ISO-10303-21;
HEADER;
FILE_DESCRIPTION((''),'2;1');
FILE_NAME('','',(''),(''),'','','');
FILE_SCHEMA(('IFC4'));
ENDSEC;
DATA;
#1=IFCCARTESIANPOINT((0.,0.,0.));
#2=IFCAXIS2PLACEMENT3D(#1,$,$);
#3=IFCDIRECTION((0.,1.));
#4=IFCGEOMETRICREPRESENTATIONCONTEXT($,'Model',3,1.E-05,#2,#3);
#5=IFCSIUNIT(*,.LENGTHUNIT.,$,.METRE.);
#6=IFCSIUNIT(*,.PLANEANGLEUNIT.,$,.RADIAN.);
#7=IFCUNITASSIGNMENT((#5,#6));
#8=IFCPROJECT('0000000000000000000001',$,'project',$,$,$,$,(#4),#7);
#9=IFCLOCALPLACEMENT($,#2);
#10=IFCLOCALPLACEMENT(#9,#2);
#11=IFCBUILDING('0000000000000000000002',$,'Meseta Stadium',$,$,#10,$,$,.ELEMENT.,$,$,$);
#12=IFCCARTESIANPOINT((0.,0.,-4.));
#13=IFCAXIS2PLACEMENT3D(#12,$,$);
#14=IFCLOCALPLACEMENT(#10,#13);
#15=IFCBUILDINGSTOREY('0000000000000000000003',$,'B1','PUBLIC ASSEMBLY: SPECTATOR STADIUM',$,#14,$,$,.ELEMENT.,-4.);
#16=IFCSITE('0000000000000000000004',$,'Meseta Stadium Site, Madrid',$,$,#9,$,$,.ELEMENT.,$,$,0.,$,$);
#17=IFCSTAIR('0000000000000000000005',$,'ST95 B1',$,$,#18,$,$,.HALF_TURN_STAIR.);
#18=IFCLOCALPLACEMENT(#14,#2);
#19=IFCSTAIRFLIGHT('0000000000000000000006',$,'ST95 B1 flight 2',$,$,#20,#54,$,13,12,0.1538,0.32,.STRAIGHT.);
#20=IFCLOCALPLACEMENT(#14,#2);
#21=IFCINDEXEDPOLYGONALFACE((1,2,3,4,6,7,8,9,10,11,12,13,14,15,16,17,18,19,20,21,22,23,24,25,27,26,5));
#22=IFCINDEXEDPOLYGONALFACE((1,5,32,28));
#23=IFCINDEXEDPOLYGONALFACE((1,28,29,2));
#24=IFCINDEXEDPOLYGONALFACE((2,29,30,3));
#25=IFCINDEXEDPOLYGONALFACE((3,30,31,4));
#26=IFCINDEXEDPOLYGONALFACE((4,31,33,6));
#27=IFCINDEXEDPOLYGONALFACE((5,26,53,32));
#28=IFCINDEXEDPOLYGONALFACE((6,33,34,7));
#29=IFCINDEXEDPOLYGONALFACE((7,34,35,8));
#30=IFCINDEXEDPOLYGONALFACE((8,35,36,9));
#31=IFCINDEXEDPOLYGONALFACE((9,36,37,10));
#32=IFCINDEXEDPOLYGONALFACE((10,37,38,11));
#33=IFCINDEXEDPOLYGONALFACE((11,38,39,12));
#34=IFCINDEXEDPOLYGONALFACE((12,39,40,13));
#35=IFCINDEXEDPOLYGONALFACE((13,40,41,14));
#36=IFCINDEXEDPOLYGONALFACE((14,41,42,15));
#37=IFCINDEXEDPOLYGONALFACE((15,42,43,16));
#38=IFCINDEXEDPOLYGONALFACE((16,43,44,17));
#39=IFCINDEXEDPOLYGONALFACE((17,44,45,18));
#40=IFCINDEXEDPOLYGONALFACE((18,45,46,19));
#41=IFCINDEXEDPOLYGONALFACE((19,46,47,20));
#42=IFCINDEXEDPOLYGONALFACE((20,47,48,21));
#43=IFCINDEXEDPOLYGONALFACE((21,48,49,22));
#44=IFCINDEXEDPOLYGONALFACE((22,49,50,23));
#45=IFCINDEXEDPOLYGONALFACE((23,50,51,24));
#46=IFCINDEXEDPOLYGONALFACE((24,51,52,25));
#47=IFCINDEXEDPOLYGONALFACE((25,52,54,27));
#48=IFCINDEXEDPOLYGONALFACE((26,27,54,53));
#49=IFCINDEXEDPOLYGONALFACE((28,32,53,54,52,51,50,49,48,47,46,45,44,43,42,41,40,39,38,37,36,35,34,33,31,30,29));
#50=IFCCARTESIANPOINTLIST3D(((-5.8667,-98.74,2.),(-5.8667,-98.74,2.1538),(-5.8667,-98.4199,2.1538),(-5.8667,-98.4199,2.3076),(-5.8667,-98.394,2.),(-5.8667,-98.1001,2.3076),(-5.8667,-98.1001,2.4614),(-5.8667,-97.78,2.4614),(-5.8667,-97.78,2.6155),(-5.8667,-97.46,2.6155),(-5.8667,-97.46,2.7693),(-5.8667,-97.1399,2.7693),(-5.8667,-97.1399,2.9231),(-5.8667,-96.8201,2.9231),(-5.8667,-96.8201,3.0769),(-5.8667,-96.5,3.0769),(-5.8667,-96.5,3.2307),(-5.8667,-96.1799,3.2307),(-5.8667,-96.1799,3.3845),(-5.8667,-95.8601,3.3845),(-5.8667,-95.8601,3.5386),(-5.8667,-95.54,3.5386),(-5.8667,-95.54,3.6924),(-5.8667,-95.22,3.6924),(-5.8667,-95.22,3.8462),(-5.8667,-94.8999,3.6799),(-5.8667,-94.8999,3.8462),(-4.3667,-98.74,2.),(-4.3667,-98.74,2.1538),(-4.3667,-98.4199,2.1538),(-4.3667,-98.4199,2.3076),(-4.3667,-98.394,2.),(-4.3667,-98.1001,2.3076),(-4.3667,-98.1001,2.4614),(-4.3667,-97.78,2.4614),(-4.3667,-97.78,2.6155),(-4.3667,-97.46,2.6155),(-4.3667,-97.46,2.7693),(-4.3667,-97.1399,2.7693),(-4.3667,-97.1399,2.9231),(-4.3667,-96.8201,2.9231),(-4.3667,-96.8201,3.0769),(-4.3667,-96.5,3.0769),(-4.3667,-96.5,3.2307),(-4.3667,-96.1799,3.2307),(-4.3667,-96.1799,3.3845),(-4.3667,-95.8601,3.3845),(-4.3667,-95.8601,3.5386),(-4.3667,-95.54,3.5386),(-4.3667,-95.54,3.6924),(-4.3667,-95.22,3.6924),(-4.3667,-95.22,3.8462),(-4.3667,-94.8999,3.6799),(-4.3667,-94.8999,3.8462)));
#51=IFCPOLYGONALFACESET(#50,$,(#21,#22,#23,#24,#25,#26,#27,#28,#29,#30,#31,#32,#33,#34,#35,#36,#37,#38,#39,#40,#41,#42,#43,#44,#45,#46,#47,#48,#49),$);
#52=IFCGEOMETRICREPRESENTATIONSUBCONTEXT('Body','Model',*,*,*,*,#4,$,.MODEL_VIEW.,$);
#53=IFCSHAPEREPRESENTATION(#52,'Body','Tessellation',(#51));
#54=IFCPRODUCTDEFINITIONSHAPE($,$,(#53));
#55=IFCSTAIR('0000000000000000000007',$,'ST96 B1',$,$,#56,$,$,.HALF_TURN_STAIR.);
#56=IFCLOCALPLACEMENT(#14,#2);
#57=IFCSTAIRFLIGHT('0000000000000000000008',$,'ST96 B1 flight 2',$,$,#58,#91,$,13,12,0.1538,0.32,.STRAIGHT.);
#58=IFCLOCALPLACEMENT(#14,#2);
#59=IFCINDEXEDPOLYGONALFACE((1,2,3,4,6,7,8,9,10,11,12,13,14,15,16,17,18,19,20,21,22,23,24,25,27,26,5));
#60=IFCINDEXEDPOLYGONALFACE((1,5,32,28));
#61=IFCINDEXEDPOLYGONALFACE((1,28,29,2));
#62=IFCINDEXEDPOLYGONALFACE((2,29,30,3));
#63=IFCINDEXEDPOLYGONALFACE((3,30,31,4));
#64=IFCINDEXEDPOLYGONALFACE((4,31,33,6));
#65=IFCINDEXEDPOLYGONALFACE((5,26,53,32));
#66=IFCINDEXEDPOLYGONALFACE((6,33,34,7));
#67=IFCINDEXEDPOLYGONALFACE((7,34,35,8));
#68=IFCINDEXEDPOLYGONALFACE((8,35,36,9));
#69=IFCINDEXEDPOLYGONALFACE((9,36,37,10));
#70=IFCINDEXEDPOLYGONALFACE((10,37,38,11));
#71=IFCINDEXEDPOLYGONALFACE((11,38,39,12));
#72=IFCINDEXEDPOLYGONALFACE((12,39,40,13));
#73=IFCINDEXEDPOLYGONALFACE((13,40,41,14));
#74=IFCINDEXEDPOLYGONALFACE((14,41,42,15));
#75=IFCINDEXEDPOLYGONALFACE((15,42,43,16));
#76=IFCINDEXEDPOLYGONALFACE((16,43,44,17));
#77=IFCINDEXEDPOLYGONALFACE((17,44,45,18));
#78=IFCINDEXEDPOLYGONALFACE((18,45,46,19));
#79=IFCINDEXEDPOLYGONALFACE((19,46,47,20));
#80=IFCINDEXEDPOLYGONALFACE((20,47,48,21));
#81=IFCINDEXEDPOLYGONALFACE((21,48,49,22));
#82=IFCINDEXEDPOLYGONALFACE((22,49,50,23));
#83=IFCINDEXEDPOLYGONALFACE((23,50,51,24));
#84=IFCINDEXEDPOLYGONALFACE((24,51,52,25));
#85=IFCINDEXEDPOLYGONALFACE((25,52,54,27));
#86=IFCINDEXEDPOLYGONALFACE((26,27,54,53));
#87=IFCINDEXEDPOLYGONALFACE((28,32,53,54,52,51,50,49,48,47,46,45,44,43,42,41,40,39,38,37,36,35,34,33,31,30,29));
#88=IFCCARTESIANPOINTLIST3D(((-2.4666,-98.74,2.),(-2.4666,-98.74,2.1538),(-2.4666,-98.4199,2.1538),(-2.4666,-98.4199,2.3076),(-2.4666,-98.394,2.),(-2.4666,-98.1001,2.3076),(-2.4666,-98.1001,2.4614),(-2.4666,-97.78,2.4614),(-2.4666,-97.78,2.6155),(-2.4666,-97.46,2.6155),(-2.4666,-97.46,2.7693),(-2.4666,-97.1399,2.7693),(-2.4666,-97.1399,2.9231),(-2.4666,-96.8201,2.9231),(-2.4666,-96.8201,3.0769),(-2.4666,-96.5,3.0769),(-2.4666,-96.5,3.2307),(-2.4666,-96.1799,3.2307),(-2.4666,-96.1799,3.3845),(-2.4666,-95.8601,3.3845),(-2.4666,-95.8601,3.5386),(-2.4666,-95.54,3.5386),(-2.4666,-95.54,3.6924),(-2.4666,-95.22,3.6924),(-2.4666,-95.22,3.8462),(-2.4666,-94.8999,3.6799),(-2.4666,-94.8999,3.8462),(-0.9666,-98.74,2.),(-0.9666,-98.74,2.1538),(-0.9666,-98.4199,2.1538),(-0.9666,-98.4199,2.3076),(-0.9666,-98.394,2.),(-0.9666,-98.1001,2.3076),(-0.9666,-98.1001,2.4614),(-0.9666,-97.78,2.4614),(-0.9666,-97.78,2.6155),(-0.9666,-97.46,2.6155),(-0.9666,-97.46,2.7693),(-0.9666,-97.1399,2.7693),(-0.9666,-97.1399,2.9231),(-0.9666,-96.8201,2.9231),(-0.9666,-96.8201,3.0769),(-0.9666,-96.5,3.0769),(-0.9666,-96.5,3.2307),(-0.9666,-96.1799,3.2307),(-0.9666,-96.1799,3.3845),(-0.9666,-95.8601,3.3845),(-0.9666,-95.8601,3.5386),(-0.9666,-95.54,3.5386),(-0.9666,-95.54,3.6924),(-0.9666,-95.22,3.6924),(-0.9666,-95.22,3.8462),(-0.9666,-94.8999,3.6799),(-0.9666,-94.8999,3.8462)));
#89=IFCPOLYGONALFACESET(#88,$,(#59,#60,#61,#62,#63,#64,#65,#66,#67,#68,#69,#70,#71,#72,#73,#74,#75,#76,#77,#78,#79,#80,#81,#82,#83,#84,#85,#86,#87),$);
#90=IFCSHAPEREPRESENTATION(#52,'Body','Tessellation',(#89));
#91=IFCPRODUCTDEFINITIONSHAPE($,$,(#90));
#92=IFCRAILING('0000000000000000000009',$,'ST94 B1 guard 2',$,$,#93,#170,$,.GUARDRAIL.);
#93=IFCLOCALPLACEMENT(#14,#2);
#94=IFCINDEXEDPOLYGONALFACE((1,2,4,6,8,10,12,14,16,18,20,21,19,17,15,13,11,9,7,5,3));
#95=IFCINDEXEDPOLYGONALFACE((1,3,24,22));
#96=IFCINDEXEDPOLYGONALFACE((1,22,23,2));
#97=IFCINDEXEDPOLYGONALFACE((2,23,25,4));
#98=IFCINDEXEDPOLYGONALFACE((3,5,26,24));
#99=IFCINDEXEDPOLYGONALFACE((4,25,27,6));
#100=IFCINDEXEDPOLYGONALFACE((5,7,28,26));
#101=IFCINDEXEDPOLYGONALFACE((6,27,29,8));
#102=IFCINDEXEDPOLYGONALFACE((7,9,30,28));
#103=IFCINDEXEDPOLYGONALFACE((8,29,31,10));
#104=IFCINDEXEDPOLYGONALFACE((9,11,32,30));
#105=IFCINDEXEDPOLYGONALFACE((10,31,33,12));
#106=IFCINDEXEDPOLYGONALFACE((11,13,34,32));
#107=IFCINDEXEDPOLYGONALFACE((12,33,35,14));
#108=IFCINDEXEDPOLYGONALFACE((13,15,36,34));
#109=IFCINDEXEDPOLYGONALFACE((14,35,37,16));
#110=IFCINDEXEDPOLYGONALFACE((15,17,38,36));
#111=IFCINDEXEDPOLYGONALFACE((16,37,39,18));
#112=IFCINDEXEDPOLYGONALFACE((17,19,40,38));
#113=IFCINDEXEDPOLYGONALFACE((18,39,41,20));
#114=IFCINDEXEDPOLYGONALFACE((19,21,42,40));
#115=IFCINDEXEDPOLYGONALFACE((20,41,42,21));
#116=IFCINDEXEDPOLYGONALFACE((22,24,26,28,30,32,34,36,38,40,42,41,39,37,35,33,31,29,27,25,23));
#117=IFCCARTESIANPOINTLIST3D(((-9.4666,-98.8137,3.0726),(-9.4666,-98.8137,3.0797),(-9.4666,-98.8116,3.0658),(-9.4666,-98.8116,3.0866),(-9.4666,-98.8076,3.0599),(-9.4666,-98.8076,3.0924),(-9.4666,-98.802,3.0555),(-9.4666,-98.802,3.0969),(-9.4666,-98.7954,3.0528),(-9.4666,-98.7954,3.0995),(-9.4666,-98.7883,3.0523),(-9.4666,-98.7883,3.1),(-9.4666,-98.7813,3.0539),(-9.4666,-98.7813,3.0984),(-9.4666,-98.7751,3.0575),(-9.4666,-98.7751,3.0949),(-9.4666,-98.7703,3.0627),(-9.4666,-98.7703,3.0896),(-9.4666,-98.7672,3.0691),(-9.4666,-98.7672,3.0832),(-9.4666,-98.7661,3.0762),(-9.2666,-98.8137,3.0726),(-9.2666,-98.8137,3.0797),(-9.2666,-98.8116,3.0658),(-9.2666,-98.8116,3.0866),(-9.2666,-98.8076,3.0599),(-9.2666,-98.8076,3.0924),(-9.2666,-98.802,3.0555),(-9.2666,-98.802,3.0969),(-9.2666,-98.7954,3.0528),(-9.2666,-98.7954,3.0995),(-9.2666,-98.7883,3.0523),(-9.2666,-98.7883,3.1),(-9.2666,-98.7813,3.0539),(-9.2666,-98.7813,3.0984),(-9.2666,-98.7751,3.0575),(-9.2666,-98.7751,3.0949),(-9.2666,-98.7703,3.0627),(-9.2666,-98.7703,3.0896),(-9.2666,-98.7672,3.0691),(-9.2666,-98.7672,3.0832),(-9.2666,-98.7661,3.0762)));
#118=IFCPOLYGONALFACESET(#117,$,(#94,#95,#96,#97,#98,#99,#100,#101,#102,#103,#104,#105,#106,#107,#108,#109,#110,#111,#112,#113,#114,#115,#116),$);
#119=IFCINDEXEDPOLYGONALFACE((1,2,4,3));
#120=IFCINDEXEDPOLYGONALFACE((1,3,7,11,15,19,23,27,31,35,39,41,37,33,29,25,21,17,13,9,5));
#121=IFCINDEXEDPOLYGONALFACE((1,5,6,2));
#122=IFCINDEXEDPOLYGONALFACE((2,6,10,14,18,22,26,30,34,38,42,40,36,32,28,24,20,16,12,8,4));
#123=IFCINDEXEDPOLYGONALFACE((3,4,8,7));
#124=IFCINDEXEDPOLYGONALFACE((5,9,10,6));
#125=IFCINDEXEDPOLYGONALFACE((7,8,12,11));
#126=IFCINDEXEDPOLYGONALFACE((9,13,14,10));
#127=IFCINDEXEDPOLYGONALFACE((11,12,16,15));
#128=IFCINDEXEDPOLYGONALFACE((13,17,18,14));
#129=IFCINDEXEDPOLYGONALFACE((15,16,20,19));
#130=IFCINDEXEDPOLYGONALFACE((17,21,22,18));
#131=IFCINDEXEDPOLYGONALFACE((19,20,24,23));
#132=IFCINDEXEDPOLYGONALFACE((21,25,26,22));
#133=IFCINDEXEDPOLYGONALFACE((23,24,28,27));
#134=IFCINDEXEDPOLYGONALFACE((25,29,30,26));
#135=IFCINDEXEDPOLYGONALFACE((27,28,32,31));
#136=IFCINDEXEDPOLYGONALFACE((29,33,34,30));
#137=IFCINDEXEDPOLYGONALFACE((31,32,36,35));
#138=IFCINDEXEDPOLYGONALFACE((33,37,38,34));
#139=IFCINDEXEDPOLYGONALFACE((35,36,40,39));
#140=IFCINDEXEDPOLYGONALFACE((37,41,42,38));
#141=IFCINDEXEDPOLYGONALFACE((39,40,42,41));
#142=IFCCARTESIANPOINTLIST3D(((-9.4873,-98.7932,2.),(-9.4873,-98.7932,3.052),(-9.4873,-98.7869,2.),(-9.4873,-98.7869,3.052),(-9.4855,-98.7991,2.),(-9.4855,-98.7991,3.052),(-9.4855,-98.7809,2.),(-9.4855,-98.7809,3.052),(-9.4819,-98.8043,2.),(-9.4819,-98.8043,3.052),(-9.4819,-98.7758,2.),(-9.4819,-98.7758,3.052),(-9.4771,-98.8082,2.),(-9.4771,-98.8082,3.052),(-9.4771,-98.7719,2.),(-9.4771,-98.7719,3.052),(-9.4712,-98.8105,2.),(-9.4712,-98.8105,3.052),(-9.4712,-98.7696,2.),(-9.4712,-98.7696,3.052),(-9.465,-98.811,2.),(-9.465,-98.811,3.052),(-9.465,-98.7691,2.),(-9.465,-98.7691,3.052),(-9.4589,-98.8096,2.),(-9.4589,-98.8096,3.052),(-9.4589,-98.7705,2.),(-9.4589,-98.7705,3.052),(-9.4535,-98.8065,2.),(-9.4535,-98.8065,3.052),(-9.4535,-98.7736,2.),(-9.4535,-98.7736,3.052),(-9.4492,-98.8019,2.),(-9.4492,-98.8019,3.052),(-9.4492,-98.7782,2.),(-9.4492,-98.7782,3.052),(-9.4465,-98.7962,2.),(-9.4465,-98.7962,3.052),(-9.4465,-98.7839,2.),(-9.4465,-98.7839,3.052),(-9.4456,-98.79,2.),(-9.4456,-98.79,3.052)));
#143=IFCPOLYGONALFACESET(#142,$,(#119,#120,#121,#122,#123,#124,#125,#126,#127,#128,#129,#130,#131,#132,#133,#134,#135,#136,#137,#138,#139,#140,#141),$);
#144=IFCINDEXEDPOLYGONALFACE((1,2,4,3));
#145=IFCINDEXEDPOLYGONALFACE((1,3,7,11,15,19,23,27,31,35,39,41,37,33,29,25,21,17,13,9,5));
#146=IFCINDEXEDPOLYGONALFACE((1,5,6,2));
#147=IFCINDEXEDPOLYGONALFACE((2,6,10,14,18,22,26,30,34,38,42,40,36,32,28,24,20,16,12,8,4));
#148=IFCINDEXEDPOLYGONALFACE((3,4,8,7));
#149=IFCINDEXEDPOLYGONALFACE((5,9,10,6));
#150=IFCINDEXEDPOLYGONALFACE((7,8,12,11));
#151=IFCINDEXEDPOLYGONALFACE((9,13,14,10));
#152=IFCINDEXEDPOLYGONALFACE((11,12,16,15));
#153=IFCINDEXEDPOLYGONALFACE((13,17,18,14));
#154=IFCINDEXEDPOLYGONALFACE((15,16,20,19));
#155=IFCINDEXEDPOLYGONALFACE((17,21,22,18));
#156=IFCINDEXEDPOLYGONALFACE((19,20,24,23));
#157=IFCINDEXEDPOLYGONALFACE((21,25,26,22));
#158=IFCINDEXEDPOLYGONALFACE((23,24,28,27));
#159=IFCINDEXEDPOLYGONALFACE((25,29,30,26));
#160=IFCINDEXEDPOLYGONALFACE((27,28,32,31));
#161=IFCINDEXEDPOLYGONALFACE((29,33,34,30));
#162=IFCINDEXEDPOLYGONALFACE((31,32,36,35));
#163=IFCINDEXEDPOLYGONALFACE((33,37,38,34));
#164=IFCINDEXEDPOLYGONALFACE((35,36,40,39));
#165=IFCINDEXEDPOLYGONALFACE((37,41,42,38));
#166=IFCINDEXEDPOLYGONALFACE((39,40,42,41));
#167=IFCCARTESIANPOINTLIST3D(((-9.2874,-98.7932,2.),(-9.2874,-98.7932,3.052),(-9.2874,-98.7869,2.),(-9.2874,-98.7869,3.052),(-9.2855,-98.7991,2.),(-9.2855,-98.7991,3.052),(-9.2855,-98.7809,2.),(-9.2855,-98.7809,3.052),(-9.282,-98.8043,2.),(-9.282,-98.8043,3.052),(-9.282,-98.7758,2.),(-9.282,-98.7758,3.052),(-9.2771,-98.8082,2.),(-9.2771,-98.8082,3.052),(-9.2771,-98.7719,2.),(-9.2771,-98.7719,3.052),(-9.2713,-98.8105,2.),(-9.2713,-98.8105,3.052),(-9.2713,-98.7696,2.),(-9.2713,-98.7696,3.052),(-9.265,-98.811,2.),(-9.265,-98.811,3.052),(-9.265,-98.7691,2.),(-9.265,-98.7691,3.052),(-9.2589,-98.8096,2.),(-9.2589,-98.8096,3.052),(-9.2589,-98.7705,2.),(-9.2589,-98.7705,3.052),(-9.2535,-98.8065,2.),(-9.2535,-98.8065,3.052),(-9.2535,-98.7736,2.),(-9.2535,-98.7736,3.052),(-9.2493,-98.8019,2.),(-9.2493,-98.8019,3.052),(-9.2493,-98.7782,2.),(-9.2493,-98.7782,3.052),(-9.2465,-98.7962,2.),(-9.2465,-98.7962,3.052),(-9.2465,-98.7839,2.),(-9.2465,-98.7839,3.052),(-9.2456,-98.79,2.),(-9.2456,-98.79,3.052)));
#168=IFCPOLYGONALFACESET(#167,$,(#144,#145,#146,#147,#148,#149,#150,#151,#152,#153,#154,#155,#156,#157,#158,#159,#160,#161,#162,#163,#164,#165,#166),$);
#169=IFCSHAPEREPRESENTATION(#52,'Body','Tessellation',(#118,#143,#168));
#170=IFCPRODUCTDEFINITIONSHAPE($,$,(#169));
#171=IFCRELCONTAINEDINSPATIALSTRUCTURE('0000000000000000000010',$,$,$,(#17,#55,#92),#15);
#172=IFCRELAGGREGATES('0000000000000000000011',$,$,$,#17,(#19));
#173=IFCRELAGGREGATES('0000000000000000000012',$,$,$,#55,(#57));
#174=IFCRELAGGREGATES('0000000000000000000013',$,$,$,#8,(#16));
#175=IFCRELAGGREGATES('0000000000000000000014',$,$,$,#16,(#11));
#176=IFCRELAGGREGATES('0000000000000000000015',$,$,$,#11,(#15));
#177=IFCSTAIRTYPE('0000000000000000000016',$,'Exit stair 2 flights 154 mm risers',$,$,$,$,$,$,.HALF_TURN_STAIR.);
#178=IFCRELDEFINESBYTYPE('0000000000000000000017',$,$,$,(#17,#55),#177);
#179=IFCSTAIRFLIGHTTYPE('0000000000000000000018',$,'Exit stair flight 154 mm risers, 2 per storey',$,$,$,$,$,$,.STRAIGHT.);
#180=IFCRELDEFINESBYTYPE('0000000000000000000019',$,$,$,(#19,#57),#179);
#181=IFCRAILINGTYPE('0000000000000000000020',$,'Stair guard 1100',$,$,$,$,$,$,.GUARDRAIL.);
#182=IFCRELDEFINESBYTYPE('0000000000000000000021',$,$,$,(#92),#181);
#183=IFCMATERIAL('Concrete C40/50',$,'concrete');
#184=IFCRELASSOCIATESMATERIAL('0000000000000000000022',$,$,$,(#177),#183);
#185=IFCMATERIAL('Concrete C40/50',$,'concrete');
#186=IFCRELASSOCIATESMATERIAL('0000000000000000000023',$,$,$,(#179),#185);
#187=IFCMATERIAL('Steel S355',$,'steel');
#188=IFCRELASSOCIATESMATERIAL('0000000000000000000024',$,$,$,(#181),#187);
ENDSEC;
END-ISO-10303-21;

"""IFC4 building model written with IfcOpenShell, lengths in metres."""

from ifc_helpers import new_model, si_unit, direction, frame, origin, origin_2d, place, context, subcontext, project, spatial, polyline, circle, outline, extrude, material, type_object, element, aggregate, save


model = new_model("IFC4")

# Units and contexts
model_context = context("Model", 3, precision=1e-05, world=origin(), true_north=direction((0.0, 1.0)))
body_context = subcontext(model_context, "Body", "Model", "MODEL_VIEW")
ifc_project = project(units=[si_unit("LENGTHUNIT", "METRE"), si_unit("PLANEANGLEUNIT", "RADIAN")], contexts=[model_context])

# Site, building, storey
site_placement = place(None, origin())
site = spatial("IfcSite", under=ifc_project, at=site_placement, Name="Meseta Stadium Site, Madrid", CompositionType="ELEMENT", RefElevation=0.0)
building_placement = place(site_placement, origin())
building = spatial("IfcBuilding", under=site, at=building_placement, Name="Meseta Stadium", CompositionType="ELEMENT")
storey_placement = place(building_placement, frame((0.0, 0.0, -4.0)))
storey = spatial("IfcBuildingStorey", under=building, at=storey_placement, Name="B1", Description="PUBLIC ASSEMBLY: SPECTATOR STADIUM", CompositionType="ELEMENT", Elevation=-4.0)

# Stairs, stair flights
ifc_material_1 = material(Name="Concrete C40/50", Category="concrete")
stair_type = type_object("IfcStairType", Name="Exit stair 2 flights 154 mm risers", PredefinedType="HALF_TURN_STAIR", material=ifc_material_1)
ifc_material_2 = material(Name="Concrete C40/50", Category="concrete")
stair_flight_type = type_object("IfcStairFlightType", Name="Exit stair flight 154 mm risers, 2 per storey", PredefinedType="STRAIGHT", material=ifc_material_2)
stair_1_placement = place(storey_placement, origin())
stair_1 = element("IfcStair", 1, at=stair_1_placement, inside=storey, type_object=stair_type, Name="ST95 B1", PredefinedType="HALF_TURN_STAIR")
stair_flight_1_placement = place(storey_placement, frame((-5.1167, -98.74, 2.0), z_axis=(0.0, 0.0, 1.0), x_axis=(0.0, 1.0, 0.0)))
stair_flight_1 = element("IfcStairFlight", 2, at=stair_flight_1_placement, type_object=stair_flight_type, Name="ST95 B1 flight 2", NumberOfRisers=13, NumberOfTreads=12, PredefinedType="STRAIGHT", RiserHeight=0.1538, TreadLength=0.32, context=body_context, shape_type="SweptSolid", body=[
    extrude(outline(polyline([(0.0, 0.0), (0.0, 0.1538), (0.3201, 0.1538), (0.3201, 0.3076), (0.6399, 0.3076), (0.6399, 0.4614), (0.96, 0.4614), (0.96, 0.6155), (1.28, 0.6155), (1.28, 0.7693), (1.6001, 0.7693), (1.6001, 0.9231), (1.9199, 0.9231), (1.9199, 1.0769), (2.24, 1.0769), (2.24, 1.2307), (2.5601, 1.2307), (2.5601, 1.3845), (2.8799, 1.3845), (2.8799, 1.5386), (3.2, 1.5386), (3.2, 1.6924), (3.52, 1.6924), (3.52, 1.8462), (3.8401, 1.8462), (3.8401, 1.6799), (0.3459, 0.0), (0.0, 0.0)])), frame((0.0, 0.75, 0.0), z_axis=(0.0, -1.0, 0.0), x_axis=(1.0, 0.0, 0.0)), (0.0, 0.0, 1.0), 1.5),
])
aggregate(stair_1, [stair_flight_1])
stair_2_placement = place(storey_placement, origin())
stair_2 = element("IfcStair", 3, at=stair_2_placement, inside=storey, type_object=stair_type, Name="ST96 B1", PredefinedType="HALF_TURN_STAIR")
stair_flight_2_placement = place(storey_placement, frame((-1.7166, -98.74, 2.0), z_axis=(0.0, 0.0, 1.0), x_axis=(0.0, 1.0, 0.0)))
stair_flight_2 = element("IfcStairFlight", 4, at=stair_flight_2_placement, type_object=stair_flight_type, Name="ST96 B1 flight 2", NumberOfRisers=13, NumberOfTreads=12, PredefinedType="STRAIGHT", RiserHeight=0.1538, TreadLength=0.32, context=body_context, shape_type="SweptSolid", body=[
    extrude(outline(polyline([(0.0, 0.0), (0.0, 0.1538), (0.3201, 0.1538), (0.3201, 0.3076), (0.6399, 0.3076), (0.6399, 0.4614), (0.96, 0.4614), (0.96, 0.6155), (1.28, 0.6155), (1.28, 0.7693), (1.6001, 0.7693), (1.6001, 0.9231), (1.9199, 0.9231), (1.9199, 1.0769), (2.24, 1.0769), (2.24, 1.2307), (2.5601, 1.2307), (2.5601, 1.3845), (2.8799, 1.3845), (2.8799, 1.5386), (3.2, 1.5386), (3.2, 1.6924), (3.52, 1.6924), (3.52, 1.8462), (3.8401, 1.8462), (3.8401, 1.6799), (0.3459, 0.0), (0.0, 0.0)])), frame((0.0, 0.75, 0.0), z_axis=(0.0, -1.0, 0.0), x_axis=(1.0, 0.0, 0.0)), (0.0, 0.0, 1.0), 1.5),
])
aggregate(stair_2, [stair_flight_2])

# Railing
ifc_material_3 = material(Name="Steel S355", Category="steel")
railing_type_1 = type_object("IfcRailingType", Name="Stair guard 1100", PredefinedType="GUARDRAIL", material=ifc_material_3)
railing_1_placement = place(storey_placement, frame((-9.4666, -98.79, 2.0)))
element("IfcRailing", 5, at=railing_1_placement, inside=storey, type_object=railing_type_1, Name="ST94 B1 guard 2", PredefinedType="GUARDRAIL", context=body_context, shape_type="SweptSolid", body=[
    extrude(circle(Radius=0.0239, at=origin_2d()), frame((0.0, 0.0, 1.0762), z_axis=(1.0, 0.0, 0.0), x_axis=(0.0, 1.0, 0.0)), (0.0, 0.0, 1.0), 0.2),
    extrude(circle(Radius=0.021, at=origin_2d()), origin(), (0.0, 0.0, 1.0), 1.052),
    extrude(circle(Radius=0.021, at=origin_2d()), frame((0.2, 0.0, 0.0)), (0.0, 0.0, 1.0), 1.052),
])

save(model, "model.ifc")
